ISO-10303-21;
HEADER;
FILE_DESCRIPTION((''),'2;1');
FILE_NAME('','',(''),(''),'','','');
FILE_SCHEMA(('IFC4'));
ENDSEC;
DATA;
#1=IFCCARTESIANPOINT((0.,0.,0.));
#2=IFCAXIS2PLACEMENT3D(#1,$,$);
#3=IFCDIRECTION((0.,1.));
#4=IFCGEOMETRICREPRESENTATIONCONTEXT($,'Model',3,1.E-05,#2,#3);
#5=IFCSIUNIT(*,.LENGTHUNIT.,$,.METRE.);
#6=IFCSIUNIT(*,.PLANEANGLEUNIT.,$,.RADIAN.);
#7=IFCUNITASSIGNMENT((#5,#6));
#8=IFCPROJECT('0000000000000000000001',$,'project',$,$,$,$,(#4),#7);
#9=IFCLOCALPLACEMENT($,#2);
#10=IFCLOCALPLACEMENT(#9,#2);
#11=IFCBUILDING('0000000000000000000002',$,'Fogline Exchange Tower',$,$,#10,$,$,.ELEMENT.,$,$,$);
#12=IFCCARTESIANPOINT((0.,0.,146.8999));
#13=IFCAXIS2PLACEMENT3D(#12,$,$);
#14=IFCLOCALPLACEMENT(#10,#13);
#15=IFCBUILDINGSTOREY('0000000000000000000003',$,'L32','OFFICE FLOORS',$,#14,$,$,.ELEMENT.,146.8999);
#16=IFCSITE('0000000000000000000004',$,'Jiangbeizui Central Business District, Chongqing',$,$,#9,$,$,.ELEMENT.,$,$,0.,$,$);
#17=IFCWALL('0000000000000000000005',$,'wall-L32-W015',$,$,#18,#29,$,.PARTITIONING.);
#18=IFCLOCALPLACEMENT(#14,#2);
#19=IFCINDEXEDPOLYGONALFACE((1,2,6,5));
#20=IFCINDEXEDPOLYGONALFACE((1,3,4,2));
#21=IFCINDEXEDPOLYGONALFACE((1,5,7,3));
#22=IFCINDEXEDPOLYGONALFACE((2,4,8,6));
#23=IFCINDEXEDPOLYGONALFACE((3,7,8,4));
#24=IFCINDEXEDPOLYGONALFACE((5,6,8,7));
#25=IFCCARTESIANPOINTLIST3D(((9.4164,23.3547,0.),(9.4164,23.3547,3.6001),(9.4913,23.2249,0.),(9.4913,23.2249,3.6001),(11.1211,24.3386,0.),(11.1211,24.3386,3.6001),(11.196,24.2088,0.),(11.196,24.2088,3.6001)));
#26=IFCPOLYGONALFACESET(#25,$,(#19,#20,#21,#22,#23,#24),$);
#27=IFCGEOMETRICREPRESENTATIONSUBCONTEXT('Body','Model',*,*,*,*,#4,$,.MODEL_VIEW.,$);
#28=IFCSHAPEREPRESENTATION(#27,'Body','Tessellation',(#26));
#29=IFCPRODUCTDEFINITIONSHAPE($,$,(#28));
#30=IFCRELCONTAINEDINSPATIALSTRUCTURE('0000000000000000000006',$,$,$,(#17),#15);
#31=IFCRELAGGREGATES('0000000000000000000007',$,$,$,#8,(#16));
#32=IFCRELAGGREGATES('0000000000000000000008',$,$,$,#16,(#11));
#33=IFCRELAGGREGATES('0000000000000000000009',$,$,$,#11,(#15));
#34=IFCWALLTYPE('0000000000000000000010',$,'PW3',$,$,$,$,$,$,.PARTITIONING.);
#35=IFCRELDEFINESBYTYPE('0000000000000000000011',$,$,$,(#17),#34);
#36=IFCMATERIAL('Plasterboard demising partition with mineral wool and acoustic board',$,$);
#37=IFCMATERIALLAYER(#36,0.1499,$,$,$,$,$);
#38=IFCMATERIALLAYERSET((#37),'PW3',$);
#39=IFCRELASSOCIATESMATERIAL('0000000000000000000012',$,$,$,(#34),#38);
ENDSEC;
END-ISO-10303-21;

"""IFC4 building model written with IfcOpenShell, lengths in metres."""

from ifc_helpers import new_model, si_unit, direction, frame, frame_2d, origin, place, context, subcontext, project, spatial, rectangle, extrude, material, layer, layer_set, type_object, element, save


model = new_model("IFC4")

# Units and contexts
model_context = context("Model", 3, precision=1e-05, world=origin(), true_north=direction((0.0, 1.0)))
body_context = subcontext(model_context, "Body", "Model", "MODEL_VIEW")
ifc_project = project(units=[si_unit("LENGTHUNIT", "METRE"), si_unit("PLANEANGLEUNIT", "RADIAN")], contexts=[model_context])

# Site, building, storey
site_placement = place(None, origin())
site = spatial("IfcSite", under=ifc_project, at=site_placement, Name="Jiangbeizui Central Business District, Chongqing", CompositionType="ELEMENT", RefElevation=0.0)
building_placement = place(site_placement, origin())
building = spatial("IfcBuilding", under=site, at=building_placement, Name="Fogline Exchange Tower", CompositionType="ELEMENT")
storey_placement = place(building_placement, frame((0.0, 0.0, 146.8999)))
storey = spatial("IfcBuildingStorey", under=building, at=storey_placement, Name="L32", Description="OFFICE FLOORS", CompositionType="ELEMENT", Elevation=146.8999)

# Wall
ifc_material_1 = material(Name="Plasterboard demising partition with mineral wool and acoustic board")
ifc_layer_1 = layer(ifc_material_1, 0.1499)
ifc_layer_set_1 = layer_set([ifc_layer_1], Name="PW3")
wall_type_1 = type_object("IfcWallType", Name="PW3", PredefinedType="PARTITIONING", material=ifc_layer_set_1)
wall_1_placement = place(storey_placement, frame((9.4539, 23.2898, 0.0), z_axis=(0.0, 0.0, 1.0), x_axis=(0.866082, 0.499901, 0.0)))
element("IfcWall", 1, at=wall_1_placement, inside=storey, type_object=wall_type_1, Name="wall-L32-W015", PredefinedType="PARTITIONING", context=body_context, shape_type="SweptSolid", body=[
    extrude(rectangle(XDim=1.9683, YDim=0.1499, at=frame_2d((0.9841, 0.0))), origin(), (0.0, 0.0, 1.0), 3.6001),
])

save(model, "model.ifc")
